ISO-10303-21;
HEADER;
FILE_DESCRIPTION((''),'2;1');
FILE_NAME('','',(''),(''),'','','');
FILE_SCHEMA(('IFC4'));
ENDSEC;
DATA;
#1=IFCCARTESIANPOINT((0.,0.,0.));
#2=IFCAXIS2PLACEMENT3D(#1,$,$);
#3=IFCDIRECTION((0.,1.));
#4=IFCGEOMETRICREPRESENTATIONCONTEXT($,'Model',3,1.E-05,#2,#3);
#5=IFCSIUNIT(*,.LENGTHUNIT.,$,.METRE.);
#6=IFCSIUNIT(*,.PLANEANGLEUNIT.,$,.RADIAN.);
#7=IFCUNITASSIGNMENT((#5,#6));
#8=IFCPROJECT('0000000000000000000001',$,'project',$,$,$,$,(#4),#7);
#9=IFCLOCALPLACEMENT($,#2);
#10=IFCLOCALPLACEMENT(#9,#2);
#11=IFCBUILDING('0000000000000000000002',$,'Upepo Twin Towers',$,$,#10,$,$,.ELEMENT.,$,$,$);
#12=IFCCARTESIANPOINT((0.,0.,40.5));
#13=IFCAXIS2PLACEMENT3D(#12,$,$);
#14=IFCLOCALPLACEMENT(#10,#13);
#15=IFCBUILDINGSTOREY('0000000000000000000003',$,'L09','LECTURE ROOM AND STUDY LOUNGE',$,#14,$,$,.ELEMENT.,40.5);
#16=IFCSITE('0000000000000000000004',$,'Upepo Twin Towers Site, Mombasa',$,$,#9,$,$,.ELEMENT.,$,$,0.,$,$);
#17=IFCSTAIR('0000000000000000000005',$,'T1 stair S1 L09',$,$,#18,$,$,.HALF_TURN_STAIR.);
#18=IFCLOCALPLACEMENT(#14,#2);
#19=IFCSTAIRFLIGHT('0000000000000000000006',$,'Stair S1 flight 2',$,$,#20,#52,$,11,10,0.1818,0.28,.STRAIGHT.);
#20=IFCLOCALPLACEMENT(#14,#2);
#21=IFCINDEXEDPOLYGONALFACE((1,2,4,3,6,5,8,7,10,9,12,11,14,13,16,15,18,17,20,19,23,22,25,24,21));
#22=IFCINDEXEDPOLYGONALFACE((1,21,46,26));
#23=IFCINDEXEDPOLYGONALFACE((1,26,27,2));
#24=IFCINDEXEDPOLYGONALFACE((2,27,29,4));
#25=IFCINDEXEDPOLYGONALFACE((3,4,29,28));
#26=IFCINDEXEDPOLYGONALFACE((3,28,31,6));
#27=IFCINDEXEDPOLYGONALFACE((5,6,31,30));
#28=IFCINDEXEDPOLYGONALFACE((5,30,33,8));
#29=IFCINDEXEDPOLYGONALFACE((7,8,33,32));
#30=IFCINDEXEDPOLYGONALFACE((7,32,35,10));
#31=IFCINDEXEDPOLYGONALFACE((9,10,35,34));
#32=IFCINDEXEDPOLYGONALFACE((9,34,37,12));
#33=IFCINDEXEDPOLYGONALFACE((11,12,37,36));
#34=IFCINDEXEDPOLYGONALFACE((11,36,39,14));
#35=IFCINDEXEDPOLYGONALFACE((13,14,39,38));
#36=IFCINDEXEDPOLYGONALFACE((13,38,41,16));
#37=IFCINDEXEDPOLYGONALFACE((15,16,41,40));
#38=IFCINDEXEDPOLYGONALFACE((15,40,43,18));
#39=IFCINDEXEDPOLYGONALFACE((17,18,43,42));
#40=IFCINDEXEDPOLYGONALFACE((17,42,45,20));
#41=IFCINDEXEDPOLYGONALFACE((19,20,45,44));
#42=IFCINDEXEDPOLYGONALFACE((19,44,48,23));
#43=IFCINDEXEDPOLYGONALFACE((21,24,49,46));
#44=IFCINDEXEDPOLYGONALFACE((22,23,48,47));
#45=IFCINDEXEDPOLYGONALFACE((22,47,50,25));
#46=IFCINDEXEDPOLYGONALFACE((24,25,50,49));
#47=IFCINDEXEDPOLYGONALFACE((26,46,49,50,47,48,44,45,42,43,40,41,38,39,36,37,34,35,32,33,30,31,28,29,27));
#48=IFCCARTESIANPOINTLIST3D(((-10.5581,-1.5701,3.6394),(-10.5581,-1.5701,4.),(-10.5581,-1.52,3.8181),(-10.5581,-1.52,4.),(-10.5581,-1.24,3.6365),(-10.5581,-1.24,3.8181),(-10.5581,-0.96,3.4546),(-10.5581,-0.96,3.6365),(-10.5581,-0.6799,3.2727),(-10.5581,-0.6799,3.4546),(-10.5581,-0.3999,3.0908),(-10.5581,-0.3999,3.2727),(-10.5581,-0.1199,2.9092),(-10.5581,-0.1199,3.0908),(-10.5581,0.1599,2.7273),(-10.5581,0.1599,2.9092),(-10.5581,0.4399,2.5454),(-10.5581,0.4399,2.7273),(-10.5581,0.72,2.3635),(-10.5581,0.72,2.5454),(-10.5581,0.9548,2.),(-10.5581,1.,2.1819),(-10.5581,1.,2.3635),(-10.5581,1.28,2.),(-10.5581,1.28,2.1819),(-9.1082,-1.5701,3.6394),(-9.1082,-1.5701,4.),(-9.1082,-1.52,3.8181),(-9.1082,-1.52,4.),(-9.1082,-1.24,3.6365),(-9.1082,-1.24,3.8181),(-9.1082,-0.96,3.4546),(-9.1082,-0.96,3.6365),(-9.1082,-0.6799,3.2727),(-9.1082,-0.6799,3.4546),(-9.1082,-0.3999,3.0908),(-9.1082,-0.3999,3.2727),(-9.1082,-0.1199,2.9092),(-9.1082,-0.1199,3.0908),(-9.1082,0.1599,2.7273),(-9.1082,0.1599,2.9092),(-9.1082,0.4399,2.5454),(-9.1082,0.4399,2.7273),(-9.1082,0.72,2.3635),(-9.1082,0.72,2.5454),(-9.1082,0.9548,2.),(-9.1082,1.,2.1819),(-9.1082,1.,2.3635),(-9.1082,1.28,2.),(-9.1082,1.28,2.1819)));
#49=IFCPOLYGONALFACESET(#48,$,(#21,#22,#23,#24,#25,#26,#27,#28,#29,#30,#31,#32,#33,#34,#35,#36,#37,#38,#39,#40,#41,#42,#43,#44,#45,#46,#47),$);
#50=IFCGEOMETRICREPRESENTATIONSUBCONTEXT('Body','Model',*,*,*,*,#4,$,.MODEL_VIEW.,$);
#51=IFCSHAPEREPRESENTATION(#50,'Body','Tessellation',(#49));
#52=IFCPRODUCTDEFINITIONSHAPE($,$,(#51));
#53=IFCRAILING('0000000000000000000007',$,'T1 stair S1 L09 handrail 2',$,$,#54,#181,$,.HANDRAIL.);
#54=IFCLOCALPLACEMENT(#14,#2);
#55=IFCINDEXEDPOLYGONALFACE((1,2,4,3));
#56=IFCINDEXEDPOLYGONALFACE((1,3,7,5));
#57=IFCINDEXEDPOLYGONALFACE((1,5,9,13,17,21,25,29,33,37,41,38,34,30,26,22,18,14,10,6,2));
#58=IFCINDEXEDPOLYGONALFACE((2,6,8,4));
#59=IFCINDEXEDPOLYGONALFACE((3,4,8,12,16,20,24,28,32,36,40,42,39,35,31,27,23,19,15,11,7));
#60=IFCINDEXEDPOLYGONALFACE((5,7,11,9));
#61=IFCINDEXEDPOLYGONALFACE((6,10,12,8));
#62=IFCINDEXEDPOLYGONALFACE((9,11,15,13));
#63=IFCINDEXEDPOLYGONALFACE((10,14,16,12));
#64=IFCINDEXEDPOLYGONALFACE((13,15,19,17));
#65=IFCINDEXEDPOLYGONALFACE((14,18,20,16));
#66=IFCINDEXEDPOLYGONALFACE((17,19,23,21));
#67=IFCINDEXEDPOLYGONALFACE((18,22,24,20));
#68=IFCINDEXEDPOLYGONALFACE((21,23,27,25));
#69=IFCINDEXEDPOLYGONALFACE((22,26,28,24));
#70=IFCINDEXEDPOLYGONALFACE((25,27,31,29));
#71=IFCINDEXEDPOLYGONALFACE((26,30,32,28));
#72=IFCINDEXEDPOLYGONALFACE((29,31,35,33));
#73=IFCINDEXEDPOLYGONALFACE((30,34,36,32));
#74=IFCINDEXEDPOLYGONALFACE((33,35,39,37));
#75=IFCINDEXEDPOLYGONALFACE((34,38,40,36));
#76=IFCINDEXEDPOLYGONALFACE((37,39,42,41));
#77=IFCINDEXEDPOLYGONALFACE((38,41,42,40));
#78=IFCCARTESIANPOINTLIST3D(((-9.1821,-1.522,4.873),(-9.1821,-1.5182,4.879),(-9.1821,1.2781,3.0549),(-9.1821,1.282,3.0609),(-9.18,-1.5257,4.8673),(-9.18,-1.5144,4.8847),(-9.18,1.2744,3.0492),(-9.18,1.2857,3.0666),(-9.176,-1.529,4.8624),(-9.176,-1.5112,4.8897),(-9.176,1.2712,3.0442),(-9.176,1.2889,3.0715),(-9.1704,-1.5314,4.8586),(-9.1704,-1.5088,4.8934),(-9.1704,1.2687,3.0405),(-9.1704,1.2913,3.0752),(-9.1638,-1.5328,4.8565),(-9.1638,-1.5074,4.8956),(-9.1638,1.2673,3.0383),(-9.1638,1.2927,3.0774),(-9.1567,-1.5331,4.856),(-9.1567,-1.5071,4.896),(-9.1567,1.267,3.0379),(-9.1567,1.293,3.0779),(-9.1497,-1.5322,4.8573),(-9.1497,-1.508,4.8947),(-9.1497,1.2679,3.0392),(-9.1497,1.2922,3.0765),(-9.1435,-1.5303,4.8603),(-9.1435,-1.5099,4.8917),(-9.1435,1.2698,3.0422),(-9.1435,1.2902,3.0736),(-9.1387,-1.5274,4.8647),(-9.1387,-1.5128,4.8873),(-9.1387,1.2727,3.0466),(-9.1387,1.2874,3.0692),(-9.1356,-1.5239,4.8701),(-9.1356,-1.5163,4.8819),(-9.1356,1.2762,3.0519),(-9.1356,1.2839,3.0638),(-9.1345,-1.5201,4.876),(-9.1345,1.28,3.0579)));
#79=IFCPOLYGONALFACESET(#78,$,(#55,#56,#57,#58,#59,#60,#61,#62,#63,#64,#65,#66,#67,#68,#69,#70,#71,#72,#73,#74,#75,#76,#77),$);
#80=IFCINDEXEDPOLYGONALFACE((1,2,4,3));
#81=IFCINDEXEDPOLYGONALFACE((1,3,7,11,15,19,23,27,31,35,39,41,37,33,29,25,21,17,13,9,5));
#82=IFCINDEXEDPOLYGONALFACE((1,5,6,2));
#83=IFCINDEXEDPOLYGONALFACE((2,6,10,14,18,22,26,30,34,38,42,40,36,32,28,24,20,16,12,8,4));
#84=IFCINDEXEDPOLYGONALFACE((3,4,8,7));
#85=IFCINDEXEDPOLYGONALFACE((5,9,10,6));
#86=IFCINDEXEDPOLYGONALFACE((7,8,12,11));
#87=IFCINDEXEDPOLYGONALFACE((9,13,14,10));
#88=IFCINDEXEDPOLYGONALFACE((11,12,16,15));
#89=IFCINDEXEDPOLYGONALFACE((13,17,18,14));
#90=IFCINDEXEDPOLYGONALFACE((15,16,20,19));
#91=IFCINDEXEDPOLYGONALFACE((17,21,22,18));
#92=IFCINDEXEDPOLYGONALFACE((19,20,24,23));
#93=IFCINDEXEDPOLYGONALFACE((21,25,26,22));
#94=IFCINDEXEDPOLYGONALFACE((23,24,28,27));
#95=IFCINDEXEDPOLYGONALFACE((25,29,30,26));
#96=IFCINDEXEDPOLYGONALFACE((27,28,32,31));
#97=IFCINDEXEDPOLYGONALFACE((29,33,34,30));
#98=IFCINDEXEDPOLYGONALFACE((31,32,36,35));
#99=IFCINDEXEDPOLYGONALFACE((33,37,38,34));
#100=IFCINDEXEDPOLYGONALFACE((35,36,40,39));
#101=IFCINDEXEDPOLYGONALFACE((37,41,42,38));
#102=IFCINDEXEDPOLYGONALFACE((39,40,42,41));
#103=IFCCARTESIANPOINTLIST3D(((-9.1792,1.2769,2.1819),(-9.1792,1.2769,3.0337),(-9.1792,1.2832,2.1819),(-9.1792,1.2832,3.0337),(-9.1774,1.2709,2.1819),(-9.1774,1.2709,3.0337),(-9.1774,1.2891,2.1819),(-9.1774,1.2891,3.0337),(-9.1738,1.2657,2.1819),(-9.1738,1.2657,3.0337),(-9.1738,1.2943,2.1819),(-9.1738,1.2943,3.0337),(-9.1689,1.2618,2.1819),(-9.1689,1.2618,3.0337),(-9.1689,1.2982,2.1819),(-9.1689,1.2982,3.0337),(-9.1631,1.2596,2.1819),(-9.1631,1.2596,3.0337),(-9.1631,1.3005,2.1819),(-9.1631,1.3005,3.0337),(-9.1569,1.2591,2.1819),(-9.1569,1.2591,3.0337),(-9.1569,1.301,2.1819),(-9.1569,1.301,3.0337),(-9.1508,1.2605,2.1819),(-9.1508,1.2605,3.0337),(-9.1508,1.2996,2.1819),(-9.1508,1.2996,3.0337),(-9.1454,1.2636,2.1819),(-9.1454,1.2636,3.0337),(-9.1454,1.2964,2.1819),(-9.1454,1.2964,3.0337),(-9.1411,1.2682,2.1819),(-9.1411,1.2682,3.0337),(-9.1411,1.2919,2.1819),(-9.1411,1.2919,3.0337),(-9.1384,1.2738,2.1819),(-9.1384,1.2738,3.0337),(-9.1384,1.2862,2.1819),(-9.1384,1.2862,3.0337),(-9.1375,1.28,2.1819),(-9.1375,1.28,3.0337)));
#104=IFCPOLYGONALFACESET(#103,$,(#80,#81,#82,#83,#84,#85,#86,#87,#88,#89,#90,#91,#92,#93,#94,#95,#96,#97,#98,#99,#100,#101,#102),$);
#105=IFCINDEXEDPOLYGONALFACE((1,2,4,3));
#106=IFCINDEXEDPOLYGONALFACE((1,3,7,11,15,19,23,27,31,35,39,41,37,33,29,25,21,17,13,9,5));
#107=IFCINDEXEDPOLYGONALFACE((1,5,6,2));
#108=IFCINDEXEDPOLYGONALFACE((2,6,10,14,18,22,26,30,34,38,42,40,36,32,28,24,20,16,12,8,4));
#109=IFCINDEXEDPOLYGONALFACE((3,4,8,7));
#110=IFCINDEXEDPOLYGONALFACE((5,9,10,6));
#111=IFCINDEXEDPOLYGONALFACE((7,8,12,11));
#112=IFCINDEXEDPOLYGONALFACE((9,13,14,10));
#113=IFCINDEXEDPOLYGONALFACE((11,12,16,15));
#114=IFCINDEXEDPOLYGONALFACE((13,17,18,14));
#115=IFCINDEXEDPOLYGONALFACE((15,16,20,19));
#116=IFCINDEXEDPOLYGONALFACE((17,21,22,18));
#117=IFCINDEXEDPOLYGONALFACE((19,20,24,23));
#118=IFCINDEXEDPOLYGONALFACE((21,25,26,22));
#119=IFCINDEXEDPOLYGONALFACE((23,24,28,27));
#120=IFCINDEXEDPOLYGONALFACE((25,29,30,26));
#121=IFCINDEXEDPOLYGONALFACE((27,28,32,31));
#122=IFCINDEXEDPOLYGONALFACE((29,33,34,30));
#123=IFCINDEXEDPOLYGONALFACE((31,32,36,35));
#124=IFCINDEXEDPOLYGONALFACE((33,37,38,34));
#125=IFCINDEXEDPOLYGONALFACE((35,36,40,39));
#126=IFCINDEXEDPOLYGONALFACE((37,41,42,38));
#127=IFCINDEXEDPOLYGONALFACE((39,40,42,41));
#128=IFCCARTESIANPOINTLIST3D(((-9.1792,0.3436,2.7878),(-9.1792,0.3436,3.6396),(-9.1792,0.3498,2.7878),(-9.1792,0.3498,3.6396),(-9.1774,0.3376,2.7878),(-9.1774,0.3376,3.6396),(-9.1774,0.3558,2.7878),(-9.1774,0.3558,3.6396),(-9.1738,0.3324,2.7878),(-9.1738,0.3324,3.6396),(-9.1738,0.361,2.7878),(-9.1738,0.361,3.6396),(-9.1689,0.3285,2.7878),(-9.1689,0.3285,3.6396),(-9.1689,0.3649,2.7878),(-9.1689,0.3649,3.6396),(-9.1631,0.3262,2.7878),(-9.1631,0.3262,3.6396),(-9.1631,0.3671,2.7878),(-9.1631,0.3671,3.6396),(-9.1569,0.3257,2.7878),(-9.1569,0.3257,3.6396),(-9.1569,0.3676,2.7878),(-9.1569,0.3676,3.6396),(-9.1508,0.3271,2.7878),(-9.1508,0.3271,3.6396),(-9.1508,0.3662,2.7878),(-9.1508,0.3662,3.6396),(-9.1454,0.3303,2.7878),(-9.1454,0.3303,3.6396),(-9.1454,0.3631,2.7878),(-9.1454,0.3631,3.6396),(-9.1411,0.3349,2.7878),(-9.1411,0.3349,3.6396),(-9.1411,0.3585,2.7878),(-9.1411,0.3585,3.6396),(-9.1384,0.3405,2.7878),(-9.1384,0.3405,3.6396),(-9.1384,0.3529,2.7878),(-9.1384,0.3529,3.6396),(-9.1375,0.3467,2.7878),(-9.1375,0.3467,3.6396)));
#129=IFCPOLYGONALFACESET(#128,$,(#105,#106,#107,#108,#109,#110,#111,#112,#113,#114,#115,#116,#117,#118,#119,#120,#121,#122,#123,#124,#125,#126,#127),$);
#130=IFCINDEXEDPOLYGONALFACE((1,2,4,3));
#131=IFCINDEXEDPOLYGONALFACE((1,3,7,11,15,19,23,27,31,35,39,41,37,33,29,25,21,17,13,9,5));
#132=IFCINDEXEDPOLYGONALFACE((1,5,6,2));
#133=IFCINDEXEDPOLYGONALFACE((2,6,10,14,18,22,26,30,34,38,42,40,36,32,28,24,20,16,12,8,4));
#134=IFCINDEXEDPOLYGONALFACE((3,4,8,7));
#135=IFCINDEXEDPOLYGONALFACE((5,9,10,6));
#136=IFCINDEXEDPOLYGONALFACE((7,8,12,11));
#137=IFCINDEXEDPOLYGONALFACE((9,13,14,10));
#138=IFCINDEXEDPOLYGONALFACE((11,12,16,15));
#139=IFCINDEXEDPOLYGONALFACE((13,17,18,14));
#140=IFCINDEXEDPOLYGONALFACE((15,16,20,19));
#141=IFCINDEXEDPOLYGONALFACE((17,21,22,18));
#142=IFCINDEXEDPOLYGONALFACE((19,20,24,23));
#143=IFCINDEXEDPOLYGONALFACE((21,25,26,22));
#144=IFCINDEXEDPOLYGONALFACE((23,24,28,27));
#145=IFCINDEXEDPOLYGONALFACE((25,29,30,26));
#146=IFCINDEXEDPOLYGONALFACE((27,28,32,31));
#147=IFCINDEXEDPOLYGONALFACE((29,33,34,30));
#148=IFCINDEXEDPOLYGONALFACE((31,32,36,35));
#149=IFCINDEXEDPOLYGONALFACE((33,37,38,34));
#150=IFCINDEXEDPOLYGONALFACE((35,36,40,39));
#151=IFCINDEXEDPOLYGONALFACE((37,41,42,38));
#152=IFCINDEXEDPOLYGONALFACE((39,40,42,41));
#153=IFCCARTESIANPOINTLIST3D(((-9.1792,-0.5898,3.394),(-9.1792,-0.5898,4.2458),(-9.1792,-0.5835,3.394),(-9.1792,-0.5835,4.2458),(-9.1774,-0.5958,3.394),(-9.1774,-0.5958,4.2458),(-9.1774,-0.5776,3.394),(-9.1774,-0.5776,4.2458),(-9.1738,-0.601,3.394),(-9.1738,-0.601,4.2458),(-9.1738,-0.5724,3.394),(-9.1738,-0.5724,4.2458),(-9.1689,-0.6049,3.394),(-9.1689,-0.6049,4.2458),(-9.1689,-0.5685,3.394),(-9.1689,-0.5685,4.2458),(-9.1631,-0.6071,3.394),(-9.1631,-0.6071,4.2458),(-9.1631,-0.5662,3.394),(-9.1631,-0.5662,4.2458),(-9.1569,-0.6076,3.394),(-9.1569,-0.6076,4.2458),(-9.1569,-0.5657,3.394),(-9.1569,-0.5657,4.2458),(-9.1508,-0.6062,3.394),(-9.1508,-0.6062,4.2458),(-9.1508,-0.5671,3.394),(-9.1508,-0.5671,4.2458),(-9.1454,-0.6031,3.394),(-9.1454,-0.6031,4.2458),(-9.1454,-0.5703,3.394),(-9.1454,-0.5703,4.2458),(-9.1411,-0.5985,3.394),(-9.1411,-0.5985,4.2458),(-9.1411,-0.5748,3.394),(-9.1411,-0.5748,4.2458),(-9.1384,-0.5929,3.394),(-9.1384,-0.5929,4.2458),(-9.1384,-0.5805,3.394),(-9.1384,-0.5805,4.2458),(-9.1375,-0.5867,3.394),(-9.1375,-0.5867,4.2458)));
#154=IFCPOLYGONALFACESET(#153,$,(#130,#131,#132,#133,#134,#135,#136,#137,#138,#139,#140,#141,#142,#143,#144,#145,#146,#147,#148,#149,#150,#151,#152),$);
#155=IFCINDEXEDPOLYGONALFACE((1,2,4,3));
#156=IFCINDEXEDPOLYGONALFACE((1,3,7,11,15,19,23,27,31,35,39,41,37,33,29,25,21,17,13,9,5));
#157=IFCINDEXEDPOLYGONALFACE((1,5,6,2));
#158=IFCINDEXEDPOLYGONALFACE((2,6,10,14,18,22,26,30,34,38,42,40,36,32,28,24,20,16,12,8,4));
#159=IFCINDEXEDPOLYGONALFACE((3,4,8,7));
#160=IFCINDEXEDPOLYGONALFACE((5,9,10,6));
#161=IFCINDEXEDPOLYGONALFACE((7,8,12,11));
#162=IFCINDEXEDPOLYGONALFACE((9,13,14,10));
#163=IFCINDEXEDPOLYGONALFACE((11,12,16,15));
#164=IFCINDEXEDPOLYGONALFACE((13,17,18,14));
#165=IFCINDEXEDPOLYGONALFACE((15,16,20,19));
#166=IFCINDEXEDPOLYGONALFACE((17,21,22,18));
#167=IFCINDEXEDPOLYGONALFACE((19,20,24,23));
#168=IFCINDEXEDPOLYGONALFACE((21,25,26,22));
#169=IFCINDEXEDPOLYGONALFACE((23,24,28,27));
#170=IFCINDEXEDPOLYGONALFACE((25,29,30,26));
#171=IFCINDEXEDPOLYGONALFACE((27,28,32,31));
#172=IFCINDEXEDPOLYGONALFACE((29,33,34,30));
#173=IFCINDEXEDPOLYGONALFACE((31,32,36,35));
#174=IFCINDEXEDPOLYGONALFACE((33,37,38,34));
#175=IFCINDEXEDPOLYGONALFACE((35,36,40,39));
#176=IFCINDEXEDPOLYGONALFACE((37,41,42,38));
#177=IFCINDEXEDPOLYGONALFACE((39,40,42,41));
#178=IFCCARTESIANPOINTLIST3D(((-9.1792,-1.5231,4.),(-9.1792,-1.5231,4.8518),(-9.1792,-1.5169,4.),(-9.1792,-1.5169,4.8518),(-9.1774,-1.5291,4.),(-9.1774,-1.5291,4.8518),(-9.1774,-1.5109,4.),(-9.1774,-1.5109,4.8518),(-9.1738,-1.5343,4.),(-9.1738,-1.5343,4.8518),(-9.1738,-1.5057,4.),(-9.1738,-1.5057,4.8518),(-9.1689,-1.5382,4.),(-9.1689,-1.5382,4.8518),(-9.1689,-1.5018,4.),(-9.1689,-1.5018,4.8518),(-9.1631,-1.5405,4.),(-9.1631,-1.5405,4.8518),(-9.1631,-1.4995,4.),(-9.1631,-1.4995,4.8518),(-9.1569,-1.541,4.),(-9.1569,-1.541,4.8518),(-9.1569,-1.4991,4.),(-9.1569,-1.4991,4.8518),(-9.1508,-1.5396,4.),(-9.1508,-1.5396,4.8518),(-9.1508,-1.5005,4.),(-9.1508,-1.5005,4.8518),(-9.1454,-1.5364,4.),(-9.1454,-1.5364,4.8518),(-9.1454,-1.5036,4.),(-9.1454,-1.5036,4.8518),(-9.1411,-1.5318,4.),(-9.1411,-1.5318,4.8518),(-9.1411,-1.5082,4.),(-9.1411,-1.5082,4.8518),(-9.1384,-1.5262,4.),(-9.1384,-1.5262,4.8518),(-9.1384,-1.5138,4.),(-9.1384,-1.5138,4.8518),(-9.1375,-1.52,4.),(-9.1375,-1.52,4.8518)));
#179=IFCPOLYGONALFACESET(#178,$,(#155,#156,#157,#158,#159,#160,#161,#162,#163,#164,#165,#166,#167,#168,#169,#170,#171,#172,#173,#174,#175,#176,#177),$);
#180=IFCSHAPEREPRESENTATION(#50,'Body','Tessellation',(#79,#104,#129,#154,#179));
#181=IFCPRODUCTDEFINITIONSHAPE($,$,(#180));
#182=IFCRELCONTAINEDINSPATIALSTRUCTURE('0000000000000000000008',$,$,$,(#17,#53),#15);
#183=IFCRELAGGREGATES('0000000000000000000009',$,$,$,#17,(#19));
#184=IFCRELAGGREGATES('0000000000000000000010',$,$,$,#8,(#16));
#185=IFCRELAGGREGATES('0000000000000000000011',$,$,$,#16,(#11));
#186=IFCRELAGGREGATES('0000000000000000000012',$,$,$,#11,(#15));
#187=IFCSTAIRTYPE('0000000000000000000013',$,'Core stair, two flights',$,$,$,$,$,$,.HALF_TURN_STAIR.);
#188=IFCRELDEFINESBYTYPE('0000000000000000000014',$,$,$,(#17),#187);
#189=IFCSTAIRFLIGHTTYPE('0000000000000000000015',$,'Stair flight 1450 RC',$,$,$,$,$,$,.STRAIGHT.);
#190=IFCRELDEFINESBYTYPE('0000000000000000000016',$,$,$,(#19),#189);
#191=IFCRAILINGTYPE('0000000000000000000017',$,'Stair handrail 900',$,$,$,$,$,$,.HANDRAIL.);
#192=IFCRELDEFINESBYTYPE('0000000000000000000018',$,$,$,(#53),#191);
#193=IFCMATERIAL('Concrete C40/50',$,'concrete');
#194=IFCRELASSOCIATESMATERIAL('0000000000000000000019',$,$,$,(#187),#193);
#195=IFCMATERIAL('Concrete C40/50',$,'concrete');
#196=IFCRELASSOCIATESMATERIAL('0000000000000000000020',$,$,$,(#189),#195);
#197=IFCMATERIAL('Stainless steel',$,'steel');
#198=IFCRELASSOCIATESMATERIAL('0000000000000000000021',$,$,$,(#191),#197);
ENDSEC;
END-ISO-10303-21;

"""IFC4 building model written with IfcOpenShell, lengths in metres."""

from ifc_helpers import new_model, si_unit, direction, frame, origin, origin_2d, place, context, subcontext, project, spatial, polyline, circle, outline, extrude, material, type_object, element, aggregate, save


model = new_model("IFC4")

# Units and contexts
model_context = context("Model", 3, precision=1e-05, world=origin(), true_north=direction((0.0, 1.0)))
body_context = subcontext(model_context, "Body", "Model", "MODEL_VIEW")
ifc_project = project(units=[si_unit("LENGTHUNIT", "METRE"), si_unit("PLANEANGLEUNIT", "RADIAN")], contexts=[model_context])

# Site, building, storey
site_placement = place(None, origin())
site = spatial("IfcSite", under=ifc_project, at=site_placement, Name="Upepo Twin Towers Site, Mombasa", CompositionType="ELEMENT", RefElevation=0.0)
building_placement = place(site_placement, origin())
building = spatial("IfcBuilding", under=site, at=building_placement, Name="Upepo Twin Towers", CompositionType="ELEMENT")
storey_placement = place(building_placement, frame((0.0, 0.0, 40.5)))
storey = spatial("IfcBuildingStorey", under=building, at=storey_placement, Name="L09", Description="LECTURE ROOM AND STUDY LOUNGE", CompositionType="ELEMENT", Elevation=40.5)

# Stair, stair flight
ifc_material_1 = material(Name="Concrete C40/50", Category="concrete")
stair_type = type_object("IfcStairType", Name="Core stair, two flights", PredefinedType="HALF_TURN_STAIR", material=ifc_material_1)
stair_placement = place(storey_placement, origin())
stair = element("IfcStair", 1, at=stair_placement, inside=storey, type_object=stair_type, Name="T1 stair S1 L09", PredefinedType="HALF_TURN_STAIR")
ifc_material_2 = material(Name="Concrete C40/50", Category="concrete")
stair_flight_type = type_object("IfcStairFlightType", Name="Stair flight 1450 RC", PredefinedType="STRAIGHT", material=ifc_material_2)
stair_flight_placement = place(storey_placement, frame((-9.8333, 1.28, 2.0), z_axis=(0.0, 0.0, 1.0), x_axis=(0.0, -1.0, 0.0)))
stair_flight = element("IfcStairFlight", 2, at=stair_flight_placement, type_object=stair_flight_type, Name="Stair S1 flight 2", NumberOfRisers=11, NumberOfTreads=10, PredefinedType="STRAIGHT", RiserHeight=0.1818, TreadLength=0.28, context=body_context, shape_type="SweptSolid", body=[
    extrude(outline(polyline([(0.0, 0.0), (0.0, 0.1819), (0.28, 0.1819), (0.28, 0.3635), (0.5601, 0.3635), (0.5601, 0.5454), (0.8401, 0.5454), (0.8401, 0.7273), (1.1201, 0.7273), (1.1201, 0.9092), (1.3999, 0.9092), (1.3999, 1.0908), (1.6799, 1.0908), (1.6799, 1.2727), (1.96, 1.2727), (1.96, 1.4546), (2.24, 1.4546), (2.24, 1.6365), (2.52, 1.6365), (2.52, 1.8181), (2.8, 1.8181), (2.8, 2.0), (2.8501, 2.0), (2.8501, 1.6394), (0.3252, 0.0), (0.0, 0.0)])), frame((0.0, 0.7251, 0.0), z_axis=(0.0, -1.0, 0.0), x_axis=(1.0, 0.0, 0.0)), (0.0, 0.0, 1.0), 1.45),
])
aggregate(stair, [stair_flight])

# Railing
ifc_material_3 = material(Name="Stainless steel", Category="steel")
railing_type = type_object("IfcRailingType", Name="Stair handrail 900", PredefinedType="HANDRAIL", material=ifc_material_3)
railing_placement = place(storey_placement, frame((-9.1584, 1.28, 2.1819)))
element("IfcRailing", 3, at=railing_placement, inside=storey, type_object=railing_type, Name="T1 stair S1 L09 handrail 2", PredefinedType="HANDRAIL", context=body_context, shape_type="SweptSolid", body=[
    extrude(circle(Radius=0.0239, at=origin_2d()), frame((0.0, 0.0, 0.876), z_axis=(0.0, -0.838706, 0.544585), x_axis=(1.0, 0.0, 0.0)), (0.0, 0.0, 1.0), 3.3386),
    extrude(circle(Radius=0.021, at=origin_2d()), origin(), (0.0, 0.0, 1.0), 0.8518),
    extrude(circle(Radius=0.021, at=origin_2d()), frame((0.0, -0.9333, 0.606)), (0.0, 0.0, 1.0), 0.8518),
    extrude(circle(Radius=0.021, at=origin_2d()), frame((0.0, -1.8667, 1.2122)), (0.0, 0.0, 1.0), 0.8518),
    extrude(circle(Radius=0.021, at=origin_2d()), frame((0.0, -2.8, 1.8181)), (0.0, 0.0, 1.0), 0.8518),
])

save(model, "model.ifc")
